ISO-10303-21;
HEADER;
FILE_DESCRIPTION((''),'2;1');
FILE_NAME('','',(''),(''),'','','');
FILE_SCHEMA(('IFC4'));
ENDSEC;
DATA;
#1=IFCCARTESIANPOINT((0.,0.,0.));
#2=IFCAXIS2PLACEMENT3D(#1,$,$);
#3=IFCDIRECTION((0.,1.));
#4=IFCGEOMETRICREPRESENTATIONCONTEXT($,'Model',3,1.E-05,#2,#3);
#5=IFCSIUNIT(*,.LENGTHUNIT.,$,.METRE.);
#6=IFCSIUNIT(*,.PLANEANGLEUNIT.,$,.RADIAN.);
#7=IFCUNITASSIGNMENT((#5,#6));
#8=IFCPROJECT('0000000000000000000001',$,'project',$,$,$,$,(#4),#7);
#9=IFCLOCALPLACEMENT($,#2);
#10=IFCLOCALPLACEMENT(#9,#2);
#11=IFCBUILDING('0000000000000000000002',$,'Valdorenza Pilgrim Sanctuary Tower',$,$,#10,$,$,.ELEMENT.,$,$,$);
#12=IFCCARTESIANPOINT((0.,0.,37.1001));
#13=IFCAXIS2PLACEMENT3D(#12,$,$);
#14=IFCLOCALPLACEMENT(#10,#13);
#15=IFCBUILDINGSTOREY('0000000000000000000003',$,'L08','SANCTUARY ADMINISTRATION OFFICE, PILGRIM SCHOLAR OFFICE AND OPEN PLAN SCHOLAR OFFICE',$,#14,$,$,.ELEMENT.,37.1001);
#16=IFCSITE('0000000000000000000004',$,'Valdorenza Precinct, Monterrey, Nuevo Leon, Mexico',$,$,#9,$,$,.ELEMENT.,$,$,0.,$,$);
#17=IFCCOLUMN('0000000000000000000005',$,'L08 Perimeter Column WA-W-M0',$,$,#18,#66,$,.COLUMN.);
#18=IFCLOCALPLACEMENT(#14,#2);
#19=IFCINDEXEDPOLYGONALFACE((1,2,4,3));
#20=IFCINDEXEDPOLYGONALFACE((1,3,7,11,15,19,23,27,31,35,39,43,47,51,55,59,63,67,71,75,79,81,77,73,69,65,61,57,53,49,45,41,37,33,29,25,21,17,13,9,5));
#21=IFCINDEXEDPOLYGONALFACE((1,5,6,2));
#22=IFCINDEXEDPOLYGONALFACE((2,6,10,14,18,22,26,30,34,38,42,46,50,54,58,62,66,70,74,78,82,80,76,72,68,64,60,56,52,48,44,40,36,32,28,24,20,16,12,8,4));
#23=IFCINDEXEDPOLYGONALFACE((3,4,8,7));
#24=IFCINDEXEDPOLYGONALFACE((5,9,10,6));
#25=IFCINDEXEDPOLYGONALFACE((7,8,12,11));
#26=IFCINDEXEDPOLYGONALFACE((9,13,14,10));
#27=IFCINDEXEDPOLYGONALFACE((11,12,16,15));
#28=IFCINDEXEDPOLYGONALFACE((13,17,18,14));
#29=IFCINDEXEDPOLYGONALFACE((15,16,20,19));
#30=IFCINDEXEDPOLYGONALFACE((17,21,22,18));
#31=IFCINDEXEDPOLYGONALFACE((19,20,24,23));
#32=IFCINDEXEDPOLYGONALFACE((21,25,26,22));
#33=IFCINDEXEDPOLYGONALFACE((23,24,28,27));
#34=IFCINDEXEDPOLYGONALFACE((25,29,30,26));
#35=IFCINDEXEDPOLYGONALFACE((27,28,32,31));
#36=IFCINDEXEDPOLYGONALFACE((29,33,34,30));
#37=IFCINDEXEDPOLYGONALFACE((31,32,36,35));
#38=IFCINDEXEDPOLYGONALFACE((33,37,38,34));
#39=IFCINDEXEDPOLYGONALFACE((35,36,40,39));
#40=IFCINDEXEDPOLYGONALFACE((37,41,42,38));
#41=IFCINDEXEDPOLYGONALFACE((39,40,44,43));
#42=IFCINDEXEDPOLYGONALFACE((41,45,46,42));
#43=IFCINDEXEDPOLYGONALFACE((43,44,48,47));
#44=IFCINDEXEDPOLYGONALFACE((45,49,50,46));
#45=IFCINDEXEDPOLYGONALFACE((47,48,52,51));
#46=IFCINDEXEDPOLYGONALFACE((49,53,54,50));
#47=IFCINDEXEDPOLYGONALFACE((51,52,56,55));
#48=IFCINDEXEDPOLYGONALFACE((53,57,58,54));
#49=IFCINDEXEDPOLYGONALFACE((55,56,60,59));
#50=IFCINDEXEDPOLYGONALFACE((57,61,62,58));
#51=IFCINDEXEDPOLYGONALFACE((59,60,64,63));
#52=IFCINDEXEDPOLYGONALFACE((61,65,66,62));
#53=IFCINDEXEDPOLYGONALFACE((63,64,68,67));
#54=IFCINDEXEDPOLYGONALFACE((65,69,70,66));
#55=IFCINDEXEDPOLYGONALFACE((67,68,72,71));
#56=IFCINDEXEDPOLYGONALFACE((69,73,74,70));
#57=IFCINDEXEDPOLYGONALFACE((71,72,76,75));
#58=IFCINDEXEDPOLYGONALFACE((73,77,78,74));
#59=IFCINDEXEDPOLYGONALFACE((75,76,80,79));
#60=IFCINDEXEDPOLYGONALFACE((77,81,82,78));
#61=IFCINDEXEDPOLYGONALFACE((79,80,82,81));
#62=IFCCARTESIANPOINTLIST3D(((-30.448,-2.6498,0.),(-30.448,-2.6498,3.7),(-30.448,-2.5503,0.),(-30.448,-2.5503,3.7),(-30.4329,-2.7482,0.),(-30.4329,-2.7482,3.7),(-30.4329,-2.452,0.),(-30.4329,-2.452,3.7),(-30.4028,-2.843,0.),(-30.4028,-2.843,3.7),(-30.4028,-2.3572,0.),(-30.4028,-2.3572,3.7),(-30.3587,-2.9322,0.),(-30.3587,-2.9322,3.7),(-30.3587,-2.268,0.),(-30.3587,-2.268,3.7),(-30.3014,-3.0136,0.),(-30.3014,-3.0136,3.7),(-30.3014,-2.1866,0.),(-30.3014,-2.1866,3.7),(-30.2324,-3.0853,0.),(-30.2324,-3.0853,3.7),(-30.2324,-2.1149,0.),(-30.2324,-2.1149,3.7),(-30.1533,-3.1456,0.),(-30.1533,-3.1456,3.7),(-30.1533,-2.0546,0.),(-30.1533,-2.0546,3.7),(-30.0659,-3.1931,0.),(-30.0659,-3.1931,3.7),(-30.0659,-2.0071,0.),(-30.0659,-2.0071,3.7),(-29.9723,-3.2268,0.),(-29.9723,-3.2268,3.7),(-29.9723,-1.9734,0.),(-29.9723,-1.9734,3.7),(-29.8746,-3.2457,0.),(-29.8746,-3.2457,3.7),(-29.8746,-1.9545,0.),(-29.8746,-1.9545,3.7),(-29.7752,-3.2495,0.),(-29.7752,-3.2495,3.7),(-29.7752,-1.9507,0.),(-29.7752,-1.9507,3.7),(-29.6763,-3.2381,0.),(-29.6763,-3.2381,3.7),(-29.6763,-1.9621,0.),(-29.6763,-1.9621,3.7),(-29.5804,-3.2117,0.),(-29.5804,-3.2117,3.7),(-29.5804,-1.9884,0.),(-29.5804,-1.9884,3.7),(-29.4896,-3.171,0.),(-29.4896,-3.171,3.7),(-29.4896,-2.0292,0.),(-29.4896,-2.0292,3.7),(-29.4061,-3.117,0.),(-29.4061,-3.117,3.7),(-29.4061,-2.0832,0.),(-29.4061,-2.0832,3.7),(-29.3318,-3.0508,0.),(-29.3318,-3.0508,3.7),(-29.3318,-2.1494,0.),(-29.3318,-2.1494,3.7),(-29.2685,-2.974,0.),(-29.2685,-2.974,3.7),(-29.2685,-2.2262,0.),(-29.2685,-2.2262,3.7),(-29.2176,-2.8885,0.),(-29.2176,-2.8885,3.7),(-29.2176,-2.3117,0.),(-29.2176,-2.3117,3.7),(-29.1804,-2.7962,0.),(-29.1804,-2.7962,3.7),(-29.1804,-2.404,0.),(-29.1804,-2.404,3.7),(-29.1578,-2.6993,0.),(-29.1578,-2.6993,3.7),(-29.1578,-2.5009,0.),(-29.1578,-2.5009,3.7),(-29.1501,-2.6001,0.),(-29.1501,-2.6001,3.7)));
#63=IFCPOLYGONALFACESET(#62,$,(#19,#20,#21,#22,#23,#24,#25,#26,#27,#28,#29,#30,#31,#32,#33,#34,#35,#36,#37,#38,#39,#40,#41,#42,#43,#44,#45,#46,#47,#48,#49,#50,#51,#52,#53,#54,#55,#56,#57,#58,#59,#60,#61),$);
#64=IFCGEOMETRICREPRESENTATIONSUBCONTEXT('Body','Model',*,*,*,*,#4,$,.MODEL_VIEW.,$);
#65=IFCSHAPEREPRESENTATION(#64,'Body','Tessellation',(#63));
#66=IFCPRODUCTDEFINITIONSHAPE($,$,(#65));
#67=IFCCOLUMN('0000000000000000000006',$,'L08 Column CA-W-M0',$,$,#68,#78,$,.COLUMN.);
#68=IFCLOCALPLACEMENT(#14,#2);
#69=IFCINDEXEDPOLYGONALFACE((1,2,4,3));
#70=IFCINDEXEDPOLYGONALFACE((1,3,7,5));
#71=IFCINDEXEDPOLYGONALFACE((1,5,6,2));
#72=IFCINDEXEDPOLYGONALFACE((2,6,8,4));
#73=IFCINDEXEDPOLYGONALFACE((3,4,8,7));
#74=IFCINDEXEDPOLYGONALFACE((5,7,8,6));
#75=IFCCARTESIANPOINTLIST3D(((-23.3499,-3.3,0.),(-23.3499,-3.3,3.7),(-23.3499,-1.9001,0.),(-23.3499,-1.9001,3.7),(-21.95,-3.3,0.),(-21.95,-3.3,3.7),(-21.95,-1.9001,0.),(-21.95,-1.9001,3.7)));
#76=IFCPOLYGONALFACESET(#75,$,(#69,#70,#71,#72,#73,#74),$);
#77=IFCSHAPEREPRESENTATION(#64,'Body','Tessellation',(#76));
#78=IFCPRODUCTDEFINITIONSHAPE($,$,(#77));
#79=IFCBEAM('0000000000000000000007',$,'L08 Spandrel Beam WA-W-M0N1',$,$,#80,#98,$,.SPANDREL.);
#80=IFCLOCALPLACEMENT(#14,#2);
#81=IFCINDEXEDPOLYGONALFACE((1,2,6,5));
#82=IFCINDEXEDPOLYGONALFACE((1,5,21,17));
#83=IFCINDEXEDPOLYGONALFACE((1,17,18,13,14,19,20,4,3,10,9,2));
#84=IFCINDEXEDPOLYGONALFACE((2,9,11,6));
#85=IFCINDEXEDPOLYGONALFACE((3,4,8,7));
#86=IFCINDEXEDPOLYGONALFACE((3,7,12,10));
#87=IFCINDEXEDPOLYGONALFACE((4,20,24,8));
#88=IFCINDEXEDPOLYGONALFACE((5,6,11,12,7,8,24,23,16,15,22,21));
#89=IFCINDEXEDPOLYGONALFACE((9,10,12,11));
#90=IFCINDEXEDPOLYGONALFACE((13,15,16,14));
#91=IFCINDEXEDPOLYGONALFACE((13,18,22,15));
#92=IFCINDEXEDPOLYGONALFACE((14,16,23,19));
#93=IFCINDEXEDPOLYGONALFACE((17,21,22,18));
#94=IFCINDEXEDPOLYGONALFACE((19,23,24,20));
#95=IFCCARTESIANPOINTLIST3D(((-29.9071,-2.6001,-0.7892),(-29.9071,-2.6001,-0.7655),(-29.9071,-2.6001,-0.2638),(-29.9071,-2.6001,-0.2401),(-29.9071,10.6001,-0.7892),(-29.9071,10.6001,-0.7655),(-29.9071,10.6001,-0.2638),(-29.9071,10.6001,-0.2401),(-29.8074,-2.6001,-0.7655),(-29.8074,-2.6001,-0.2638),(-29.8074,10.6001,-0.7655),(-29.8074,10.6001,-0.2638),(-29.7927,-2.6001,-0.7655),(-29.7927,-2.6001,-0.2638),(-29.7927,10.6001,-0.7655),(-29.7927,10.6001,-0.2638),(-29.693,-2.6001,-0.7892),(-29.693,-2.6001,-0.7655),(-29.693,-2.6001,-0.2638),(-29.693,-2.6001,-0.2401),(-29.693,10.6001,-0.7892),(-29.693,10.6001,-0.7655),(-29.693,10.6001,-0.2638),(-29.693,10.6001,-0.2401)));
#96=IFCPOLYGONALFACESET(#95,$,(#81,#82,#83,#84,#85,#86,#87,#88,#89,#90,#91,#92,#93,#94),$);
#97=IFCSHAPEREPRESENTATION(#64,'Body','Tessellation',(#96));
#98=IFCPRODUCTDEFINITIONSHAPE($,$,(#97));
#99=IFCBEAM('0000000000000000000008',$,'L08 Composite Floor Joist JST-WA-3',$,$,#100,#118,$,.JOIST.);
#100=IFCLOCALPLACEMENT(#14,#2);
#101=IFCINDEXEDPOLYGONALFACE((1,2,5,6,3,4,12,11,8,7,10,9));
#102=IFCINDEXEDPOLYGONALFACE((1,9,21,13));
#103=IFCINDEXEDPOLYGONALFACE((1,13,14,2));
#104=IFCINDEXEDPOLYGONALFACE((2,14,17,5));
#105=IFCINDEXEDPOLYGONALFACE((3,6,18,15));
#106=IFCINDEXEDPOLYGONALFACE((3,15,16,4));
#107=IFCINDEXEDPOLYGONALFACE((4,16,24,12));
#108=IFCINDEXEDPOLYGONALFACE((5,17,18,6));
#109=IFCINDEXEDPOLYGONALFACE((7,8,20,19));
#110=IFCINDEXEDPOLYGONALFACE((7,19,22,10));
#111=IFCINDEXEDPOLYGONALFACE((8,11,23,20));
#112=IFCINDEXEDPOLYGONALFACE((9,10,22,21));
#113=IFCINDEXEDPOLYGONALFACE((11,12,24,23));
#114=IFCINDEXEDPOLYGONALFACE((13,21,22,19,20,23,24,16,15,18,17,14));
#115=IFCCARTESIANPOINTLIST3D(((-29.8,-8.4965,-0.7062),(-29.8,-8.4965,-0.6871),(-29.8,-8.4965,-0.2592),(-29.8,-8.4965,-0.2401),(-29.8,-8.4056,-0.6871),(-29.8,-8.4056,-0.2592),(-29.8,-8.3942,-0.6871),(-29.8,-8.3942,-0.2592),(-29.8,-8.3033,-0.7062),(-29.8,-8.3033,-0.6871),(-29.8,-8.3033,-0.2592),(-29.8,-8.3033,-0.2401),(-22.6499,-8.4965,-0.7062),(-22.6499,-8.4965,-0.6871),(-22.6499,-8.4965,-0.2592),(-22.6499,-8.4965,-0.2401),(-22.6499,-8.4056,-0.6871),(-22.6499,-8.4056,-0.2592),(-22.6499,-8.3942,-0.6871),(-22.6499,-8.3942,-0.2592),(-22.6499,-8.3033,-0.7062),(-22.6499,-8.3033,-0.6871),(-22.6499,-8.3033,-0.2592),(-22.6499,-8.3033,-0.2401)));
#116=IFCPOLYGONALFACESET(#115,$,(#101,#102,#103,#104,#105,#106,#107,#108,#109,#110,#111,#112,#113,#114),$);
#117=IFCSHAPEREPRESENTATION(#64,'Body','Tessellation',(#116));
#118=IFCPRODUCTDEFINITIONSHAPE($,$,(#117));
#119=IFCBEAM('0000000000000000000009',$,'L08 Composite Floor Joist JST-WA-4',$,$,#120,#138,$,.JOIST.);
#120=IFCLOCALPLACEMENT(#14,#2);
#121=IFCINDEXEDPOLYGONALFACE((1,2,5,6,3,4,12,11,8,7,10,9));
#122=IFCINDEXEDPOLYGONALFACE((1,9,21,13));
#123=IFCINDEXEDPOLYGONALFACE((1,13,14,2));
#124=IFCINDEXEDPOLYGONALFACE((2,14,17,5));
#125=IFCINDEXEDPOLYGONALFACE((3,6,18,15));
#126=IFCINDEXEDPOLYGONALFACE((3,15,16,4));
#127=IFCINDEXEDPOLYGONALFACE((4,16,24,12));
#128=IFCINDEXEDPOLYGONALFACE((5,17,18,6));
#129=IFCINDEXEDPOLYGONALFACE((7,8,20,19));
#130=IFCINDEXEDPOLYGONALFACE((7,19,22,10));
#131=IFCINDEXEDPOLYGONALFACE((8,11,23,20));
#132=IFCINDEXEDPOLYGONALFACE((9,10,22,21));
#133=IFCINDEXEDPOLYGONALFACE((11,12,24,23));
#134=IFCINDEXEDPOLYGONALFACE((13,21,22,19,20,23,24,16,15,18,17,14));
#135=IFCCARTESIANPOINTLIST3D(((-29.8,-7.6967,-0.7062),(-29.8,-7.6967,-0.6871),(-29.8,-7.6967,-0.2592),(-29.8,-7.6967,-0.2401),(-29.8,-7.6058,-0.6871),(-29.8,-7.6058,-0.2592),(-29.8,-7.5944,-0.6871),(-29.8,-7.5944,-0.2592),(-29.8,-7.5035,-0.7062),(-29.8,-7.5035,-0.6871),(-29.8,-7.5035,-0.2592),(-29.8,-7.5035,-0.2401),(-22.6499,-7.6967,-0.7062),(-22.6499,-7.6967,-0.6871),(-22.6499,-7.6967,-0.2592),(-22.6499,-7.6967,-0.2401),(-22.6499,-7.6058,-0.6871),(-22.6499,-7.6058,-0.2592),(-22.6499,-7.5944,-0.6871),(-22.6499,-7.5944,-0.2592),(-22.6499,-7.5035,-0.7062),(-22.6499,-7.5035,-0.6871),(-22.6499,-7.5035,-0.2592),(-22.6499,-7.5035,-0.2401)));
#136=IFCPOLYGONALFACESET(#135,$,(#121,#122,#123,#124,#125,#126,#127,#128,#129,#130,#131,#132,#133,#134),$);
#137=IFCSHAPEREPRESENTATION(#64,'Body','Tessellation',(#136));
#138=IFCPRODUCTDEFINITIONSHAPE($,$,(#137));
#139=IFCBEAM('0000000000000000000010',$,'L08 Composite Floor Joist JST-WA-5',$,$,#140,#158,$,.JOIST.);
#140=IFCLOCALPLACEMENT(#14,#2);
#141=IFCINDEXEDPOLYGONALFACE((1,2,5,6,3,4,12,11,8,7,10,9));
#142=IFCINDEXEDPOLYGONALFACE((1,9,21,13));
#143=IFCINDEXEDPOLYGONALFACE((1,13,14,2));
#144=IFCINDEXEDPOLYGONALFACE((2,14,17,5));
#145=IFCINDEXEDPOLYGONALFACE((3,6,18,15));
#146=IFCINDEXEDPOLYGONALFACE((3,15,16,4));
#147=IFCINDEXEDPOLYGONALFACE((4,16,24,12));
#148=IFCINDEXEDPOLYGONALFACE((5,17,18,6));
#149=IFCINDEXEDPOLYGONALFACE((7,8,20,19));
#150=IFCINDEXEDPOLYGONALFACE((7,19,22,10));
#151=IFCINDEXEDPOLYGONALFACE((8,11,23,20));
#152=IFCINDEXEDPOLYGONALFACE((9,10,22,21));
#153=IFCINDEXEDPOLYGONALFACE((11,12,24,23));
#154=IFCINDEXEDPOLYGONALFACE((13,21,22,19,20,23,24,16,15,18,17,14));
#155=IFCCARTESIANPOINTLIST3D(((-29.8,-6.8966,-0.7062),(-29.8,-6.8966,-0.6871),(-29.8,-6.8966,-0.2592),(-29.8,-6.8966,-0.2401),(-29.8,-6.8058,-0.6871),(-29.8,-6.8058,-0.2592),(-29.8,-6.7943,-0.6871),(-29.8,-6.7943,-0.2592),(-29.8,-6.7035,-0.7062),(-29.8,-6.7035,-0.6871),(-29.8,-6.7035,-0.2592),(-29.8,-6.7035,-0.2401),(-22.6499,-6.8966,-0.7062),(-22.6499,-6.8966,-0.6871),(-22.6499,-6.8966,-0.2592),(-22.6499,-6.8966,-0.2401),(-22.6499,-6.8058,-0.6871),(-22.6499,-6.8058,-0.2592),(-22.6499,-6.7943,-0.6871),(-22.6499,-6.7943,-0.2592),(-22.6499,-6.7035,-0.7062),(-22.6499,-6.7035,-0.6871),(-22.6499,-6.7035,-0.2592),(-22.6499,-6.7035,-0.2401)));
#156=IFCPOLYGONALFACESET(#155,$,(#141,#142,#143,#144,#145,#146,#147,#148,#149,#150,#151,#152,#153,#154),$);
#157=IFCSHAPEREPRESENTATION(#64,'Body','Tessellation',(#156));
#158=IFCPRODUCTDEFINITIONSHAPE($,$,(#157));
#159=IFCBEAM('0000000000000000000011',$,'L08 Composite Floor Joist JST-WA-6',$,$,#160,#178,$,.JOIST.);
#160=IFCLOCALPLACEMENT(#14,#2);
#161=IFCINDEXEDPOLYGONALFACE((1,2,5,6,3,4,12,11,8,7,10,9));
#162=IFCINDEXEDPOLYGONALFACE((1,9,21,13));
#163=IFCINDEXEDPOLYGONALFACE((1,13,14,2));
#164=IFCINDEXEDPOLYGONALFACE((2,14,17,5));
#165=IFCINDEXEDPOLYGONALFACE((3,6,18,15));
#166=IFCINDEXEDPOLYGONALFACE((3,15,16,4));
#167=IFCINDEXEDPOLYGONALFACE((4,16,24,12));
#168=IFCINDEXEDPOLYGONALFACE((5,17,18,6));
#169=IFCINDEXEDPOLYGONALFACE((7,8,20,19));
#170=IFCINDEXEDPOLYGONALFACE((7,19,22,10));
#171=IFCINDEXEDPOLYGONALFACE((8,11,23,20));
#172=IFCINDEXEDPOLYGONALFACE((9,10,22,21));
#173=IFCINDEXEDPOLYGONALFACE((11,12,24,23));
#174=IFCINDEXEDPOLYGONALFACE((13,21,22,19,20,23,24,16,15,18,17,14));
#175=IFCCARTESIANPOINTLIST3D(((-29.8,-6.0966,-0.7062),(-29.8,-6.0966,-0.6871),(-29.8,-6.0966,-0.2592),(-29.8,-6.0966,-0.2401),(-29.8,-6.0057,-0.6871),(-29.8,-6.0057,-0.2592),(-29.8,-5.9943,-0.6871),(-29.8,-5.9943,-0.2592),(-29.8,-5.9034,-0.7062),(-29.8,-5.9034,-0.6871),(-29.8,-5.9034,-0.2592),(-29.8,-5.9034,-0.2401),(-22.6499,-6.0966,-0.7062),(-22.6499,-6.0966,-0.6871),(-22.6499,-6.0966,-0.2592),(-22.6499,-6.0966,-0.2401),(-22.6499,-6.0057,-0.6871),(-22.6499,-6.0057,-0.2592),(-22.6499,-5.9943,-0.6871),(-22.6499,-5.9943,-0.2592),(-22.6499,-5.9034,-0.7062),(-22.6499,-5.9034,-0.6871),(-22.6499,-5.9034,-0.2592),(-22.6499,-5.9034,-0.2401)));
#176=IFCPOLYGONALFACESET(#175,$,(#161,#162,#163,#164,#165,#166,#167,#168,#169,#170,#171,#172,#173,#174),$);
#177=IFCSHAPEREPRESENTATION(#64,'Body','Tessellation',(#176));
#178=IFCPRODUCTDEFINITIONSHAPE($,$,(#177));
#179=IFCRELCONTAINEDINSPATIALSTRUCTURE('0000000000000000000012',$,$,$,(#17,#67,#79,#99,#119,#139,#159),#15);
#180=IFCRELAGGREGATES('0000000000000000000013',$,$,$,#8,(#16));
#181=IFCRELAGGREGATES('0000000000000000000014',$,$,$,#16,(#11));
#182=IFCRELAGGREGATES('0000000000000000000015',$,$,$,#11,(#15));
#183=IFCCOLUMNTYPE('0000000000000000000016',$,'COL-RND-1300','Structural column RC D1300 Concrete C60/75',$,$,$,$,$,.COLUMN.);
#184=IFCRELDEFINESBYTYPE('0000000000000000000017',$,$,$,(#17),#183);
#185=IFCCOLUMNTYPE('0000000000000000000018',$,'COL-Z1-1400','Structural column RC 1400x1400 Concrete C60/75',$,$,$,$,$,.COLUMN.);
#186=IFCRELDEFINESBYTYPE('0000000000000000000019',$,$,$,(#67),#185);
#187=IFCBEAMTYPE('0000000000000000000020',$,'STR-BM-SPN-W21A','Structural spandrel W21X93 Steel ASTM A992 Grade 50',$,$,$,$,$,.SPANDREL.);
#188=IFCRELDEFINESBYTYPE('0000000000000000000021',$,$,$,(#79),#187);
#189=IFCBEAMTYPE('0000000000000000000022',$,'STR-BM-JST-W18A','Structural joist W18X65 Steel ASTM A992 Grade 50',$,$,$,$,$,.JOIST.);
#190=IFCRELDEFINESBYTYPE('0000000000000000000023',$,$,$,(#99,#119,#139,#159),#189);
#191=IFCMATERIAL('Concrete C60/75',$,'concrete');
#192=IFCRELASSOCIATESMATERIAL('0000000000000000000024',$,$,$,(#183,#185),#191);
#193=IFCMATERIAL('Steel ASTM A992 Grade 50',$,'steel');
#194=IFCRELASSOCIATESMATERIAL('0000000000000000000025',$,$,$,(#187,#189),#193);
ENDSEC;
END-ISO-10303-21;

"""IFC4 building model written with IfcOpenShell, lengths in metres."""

from ifc_helpers import new_model, si_unit, direction, frame, origin, origin_2d, place, context, subcontext, project, spatial, rectangle, circle, i_section, extrude, source, transform, mapped, material, material_profile, profile_set, type_object, element, save


model = new_model("IFC4")

# Units and contexts
model_context = context("Model", 3, precision=1e-05, world=origin(), true_north=direction((0.0, 1.0)))
body_context = subcontext(model_context, "Body", "Model", "MODEL_VIEW")
ifc_project = project(units=[si_unit("LENGTHUNIT", "METRE"), si_unit("PLANEANGLEUNIT", "RADIAN")], contexts=[model_context])

# Site, building, storey
site_placement = place(None, origin())
site = spatial("IfcSite", under=ifc_project, at=site_placement, Name="Valdorenza Precinct, Monterrey, Nuevo Leon, Mexico", CompositionType="ELEMENT", RefElevation=0.0)
building_placement = place(site_placement, origin())
building = spatial("IfcBuilding", under=site, at=building_placement, Name="Valdorenza Pilgrim Sanctuary Tower", CompositionType="ELEMENT")
storey_placement = place(building_placement, frame((0.0, 0.0, 37.1001)))
storey = spatial("IfcBuildingStorey", under=building, at=storey_placement, Name="L08", Description="SANCTUARY ADMINISTRATION OFFICE, PILGRIM SCHOLAR OFFICE AND OPEN PLAN SCHOLAR OFFICE", CompositionType="ELEMENT", Elevation=37.1001)

# Columns
ifc_material_1 = material(Name="Concrete C60/75", Category="concrete")
ifc_material_profile_1 = material_profile(ifc_material_1, circle(Radius=0.6499, at=origin_2d()), Name="RC D1300")
ifc_profile_set_1 = profile_set([ifc_material_profile_1], Name="Concrete C60/75")
column_type_1 = type_object("IfcColumnType", Name="COL-RND-1300", Description="Structural column RC D1300 Concrete C60/75", PredefinedType="COLUMN", material=ifc_profile_set_1)
shared_shape_1 = source(origin(), body_context, "Body", "SweptSolid", [
    extrude(circle(Radius=0.6499, at=origin_2d()), origin(), (0.0, 0.0, 1.0), 3.7),
])
column_1_placement = place(storey_placement, frame((-29.8, -2.6001, 0.0), z_axis=(0.0, 0.0, 1.0), x_axis=(1.0, 0.0, 0.0)))
element("IfcColumn", 1, at=column_1_placement, inside=storey, type_object=column_type_1, Name="L08 Perimeter Column WA-W-M0", PredefinedType="COLUMN", context=body_context, shape_type="MappedRepresentation", body=[
    mapped(shared_shape_1, transform((0.0, 0.0, 0.0), x_axis=(1.0, 0.0, 0.0), y_axis=(0.0, 1.0, 0.0), z_axis=(0.0, 0.0, 1.0), scale=1.0)),
])
ifc_material_profile_2 = material_profile(ifc_material_1, rectangle(XDim=1.3999, YDim=1.3999, at=origin_2d()), Name="RC 1400x1400")
ifc_profile_set_2 = profile_set([ifc_material_profile_2], Name="Concrete C60/75")
column_type_2 = type_object("IfcColumnType", Name="COL-Z1-1400", Description="Structural column RC 1400x1400 Concrete C60/75", PredefinedType="COLUMN", material=ifc_profile_set_2)
shared_shape_2 = source(origin(), body_context, "Body", "SweptSolid", [
    extrude(rectangle(XDim=1.3999, YDim=1.3999, at=origin_2d()), origin(), (0.0, 0.0, 1.0), 3.7),
])
column_2_placement = place(storey_placement, frame((-22.6499, -2.6001, 0.0), z_axis=(0.0, 0.0, 1.0), x_axis=(1.0, 0.0, 0.0)))
element("IfcColumn", 2, at=column_2_placement, inside=storey, type_object=column_type_2, Name="L08 Column CA-W-M0", PredefinedType="COLUMN", context=body_context, shape_type="MappedRepresentation", body=[
    mapped(shared_shape_2, transform((0.0, 0.0, 0.0), x_axis=(1.0, 0.0, 0.0), y_axis=(0.0, 1.0, 0.0), z_axis=(0.0, 0.0, 1.0), scale=1.0)),
])

# Beams
ifc_material_2 = material(Name="Steel ASTM A992 Grade 50", Category="steel")
ifc_material_profile_3 = material_profile(ifc_material_2, i_section(OverallWidth=0.2141, OverallDepth=0.5491, WebThickness=0.0146, FlangeThickness=0.0237, at=origin_2d()), Name="W21X93")
ifc_profile_set_3 = profile_set([ifc_material_profile_3], Name="Steel ASTM A992 Grade 50")
beam_type_1 = type_object("IfcBeamType", Name="STR-BM-SPN-W21A", Description="Structural spandrel W21X93 Steel ASTM A992 Grade 50", PredefinedType="SPANDREL", material=ifc_profile_set_3)
shared_shape_3 = source(origin(), body_context, "Body", "SweptSolid", [
    extrude(i_section(OverallWidth=0.2141, OverallDepth=0.5491, WebThickness=0.0146, FlangeThickness=0.0237, at=origin_2d()), origin(), (0.0, 0.0, 1.0), 13.2002),
])
beam_1_placement = place(storey_placement, frame((-29.8, -2.6001, -0.5146), z_axis=(0.0, 1.0, 0.0), x_axis=(-1.0, 0.0, 0.0)))
element("IfcBeam", 3, at=beam_1_placement, inside=storey, type_object=beam_type_1, Name="L08 Spandrel Beam WA-W-M0N1", PredefinedType="SPANDREL", context=body_context, shape_type="MappedRepresentation", body=[
    mapped(shared_shape_3, transform((0.0, 0.0, 0.0), x_axis=(1.0, 0.0, 0.0), y_axis=(0.0, 1.0, 0.0), z_axis=(0.0, 0.0, 1.0), scale=1.0)),
])
ifc_material_profile_4 = material_profile(ifc_material_2, i_section(OverallWidth=0.1931, OverallDepth=0.4661, WebThickness=0.0115, FlangeThickness=0.019, at=origin_2d()), Name="W18X65")
ifc_profile_set_4 = profile_set([ifc_material_profile_4], Name="Steel ASTM A992 Grade 50")
beam_type_2 = type_object("IfcBeamType", Name="STR-BM-JST-W18A", Description="Structural joist W18X65 Steel ASTM A992 Grade 50", PredefinedType="JOIST", material=ifc_profile_set_4)
shared_shape_4 = source(origin(), body_context, "Body", "SweptSolid", [
    extrude(i_section(OverallWidth=0.1931, OverallDepth=0.4661, WebThickness=0.0115, FlangeThickness=0.019, at=origin_2d()), origin(), (0.0, 0.0, 1.0), 7.1501),
])
for number, where, z_axis, x_axis, name in (
    (4, (-29.8, -8.3999, -0.4731), (1.0, 0.0, 0.0), (0.0, 1.0, 0.0), "L08 Composite Floor Joist JST-WA-3"),
    (5, (-29.8, -7.6001, -0.4731), (1.0, 0.0, 0.0), (0.0, 1.0, 0.0), "L08 Composite Floor Joist JST-WA-4"),
    (6, (-29.8, -6.8, -0.4731), (1.0, 0.0, 0.0), (0.0, 1.0, 0.0), "L08 Composite Floor Joist JST-WA-5"),
    (7, (-29.8, -6.0, -0.4731), (1.0, 0.0, 0.0), (0.0, 1.0, 0.0), "L08 Composite Floor Joist JST-WA-6"),
):
    element("IfcBeam", number, at=place(storey_placement, frame(where, z_axis=z_axis, x_axis=x_axis)), inside=storey, type_object=beam_type_2, Name=name, PredefinedType="JOIST", context=body_context, shape_type="MappedRepresentation", body=[
        mapped(shared_shape_4, transform((0.0, 0.0, 0.0), x_axis=(1.0, 0.0, 0.0), y_axis=(0.0, 1.0, 0.0), z_axis=(0.0, 0.0, 1.0), scale=1.0)),
    ])

save(model, "model.ifc")
